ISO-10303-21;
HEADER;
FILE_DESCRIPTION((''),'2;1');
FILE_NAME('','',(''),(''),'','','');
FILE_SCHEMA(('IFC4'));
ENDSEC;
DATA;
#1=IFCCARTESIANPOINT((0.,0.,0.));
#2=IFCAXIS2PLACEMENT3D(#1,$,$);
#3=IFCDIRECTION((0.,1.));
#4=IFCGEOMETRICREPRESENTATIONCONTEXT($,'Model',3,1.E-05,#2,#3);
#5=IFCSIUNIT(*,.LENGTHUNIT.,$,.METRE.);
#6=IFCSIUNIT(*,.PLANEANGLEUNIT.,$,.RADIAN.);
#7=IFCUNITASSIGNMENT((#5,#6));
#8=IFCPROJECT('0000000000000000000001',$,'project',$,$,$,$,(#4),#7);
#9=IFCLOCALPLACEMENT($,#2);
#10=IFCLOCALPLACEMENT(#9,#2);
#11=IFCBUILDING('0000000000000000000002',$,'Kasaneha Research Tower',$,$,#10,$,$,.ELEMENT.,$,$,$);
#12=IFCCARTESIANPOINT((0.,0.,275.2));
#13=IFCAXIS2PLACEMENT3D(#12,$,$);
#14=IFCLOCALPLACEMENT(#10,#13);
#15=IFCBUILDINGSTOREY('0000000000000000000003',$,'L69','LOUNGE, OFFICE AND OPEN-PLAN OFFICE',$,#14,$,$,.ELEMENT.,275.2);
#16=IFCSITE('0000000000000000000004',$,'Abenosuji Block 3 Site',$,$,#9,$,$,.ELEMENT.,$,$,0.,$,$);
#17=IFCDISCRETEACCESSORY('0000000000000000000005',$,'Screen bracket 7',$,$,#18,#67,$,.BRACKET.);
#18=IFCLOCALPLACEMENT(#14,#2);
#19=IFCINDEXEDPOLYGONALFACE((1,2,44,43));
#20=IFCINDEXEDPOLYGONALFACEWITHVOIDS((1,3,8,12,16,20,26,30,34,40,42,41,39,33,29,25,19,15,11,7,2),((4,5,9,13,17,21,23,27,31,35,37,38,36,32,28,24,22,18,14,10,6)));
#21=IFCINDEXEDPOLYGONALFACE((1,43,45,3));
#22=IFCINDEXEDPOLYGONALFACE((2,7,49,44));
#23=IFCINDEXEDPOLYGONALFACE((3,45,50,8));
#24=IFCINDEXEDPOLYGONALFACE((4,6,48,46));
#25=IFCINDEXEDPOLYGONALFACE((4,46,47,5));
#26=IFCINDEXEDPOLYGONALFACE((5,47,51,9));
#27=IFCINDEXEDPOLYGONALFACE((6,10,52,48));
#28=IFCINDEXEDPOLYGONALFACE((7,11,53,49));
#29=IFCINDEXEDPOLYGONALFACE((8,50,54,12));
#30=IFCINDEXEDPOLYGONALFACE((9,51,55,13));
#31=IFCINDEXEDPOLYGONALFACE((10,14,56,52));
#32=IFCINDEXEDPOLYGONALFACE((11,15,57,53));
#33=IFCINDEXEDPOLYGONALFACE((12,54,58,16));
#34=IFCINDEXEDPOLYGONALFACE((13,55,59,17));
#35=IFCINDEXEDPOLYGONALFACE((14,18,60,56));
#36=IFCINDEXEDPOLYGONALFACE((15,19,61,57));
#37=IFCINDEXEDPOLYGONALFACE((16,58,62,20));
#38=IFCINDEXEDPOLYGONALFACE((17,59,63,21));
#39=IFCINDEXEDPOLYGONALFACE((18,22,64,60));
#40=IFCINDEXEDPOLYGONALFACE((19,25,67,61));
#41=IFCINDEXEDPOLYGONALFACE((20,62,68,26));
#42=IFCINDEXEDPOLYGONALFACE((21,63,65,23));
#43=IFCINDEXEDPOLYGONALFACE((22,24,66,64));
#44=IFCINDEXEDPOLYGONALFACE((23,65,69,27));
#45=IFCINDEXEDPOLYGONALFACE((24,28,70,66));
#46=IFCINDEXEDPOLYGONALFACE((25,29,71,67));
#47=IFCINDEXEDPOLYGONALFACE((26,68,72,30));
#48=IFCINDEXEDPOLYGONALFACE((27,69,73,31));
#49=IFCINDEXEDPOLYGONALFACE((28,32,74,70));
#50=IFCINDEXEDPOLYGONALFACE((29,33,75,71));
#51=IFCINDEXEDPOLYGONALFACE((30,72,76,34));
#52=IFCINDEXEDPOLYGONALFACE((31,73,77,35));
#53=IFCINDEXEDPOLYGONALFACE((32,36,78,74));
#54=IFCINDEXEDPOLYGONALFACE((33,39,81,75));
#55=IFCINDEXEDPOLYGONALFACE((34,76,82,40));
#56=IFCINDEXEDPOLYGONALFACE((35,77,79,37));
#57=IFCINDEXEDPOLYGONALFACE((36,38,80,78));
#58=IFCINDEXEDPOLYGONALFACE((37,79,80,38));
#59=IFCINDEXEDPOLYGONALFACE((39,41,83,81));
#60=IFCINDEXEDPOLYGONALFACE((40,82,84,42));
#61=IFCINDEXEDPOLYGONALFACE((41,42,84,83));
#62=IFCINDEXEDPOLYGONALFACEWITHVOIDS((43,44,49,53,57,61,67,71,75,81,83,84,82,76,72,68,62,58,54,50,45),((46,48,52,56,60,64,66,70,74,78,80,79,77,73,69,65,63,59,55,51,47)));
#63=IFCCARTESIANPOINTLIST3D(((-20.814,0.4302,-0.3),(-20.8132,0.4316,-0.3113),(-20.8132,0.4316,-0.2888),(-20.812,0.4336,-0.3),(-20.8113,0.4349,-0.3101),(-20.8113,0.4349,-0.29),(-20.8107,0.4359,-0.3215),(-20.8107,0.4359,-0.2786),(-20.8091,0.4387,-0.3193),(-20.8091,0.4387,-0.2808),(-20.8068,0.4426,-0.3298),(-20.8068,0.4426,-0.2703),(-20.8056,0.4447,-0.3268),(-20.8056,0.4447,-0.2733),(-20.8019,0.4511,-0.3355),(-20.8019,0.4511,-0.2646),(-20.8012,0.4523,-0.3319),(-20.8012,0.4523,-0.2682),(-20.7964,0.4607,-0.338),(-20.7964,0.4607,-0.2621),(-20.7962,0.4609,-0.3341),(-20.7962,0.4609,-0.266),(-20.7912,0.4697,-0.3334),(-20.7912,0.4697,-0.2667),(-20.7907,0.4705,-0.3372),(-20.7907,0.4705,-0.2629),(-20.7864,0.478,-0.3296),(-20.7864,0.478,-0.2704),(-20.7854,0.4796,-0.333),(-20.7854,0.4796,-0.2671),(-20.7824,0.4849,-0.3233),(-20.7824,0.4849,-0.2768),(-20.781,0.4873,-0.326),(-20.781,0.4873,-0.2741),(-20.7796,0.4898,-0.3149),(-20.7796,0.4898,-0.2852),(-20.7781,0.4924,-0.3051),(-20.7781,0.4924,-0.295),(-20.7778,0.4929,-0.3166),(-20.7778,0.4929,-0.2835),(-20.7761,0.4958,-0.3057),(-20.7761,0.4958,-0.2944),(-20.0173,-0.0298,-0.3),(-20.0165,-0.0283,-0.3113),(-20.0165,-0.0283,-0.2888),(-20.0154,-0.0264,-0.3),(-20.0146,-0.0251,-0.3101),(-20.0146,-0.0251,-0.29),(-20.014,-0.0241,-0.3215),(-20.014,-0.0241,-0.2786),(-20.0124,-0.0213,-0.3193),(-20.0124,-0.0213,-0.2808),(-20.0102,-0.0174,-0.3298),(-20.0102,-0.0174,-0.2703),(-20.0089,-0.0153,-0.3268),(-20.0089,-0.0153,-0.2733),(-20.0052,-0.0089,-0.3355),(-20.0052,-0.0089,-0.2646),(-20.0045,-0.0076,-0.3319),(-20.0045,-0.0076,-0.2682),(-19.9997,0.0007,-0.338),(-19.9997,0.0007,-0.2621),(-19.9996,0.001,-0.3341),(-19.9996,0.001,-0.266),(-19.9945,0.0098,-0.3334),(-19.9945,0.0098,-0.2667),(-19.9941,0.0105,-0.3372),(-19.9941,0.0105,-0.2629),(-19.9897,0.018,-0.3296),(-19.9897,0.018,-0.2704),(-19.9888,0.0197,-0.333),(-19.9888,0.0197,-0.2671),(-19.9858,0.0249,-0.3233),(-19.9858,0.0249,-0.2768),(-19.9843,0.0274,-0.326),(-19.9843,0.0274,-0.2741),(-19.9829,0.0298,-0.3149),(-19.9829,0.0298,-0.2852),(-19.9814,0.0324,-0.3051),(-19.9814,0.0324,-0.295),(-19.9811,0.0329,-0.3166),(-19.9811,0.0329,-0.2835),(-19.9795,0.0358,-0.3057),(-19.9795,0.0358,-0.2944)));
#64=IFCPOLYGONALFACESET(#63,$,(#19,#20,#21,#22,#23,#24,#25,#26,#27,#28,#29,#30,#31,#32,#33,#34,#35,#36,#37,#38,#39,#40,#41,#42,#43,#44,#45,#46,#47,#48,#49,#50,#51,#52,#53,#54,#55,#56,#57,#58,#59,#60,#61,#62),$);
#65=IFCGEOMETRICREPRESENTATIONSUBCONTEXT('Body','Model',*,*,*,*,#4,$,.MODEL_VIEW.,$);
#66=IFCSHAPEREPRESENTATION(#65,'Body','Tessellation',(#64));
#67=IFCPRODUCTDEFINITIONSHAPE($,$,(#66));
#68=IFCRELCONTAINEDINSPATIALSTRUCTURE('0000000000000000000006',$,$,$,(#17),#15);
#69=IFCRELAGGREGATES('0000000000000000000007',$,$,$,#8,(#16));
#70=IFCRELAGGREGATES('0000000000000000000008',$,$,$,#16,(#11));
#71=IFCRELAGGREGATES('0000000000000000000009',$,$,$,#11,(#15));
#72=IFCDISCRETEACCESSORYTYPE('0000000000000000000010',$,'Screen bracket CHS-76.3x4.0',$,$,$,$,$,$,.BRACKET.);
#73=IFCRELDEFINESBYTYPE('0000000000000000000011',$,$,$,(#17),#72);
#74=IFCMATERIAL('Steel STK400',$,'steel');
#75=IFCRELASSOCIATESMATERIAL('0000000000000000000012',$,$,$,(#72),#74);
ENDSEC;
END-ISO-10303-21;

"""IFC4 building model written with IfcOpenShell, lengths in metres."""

from ifc_helpers import new_model, si_unit, direction, frame, origin, origin_2d, place, context, subcontext, project, spatial, hollow_circle, extrude, material, material_profile, profile_set, type_object, element, save


model = new_model("IFC4")

# Units and contexts
model_context = context("Model", 3, precision=1e-05, world=origin(), true_north=direction((0.0, 1.0)))
body_context = subcontext(model_context, "Body", "Model", "MODEL_VIEW")
ifc_project = project(units=[si_unit("LENGTHUNIT", "METRE"), si_unit("PLANEANGLEUNIT", "RADIAN")], contexts=[model_context])

# Site, building, storey
site_placement = place(None, origin())
site = spatial("IfcSite", under=ifc_project, at=site_placement, Name="Abenosuji Block 3 Site", CompositionType="ELEMENT", RefElevation=0.0)
building_placement = place(site_placement, origin())
building = spatial("IfcBuilding", under=site, at=building_placement, Name="Kasaneha Research Tower", CompositionType="ELEMENT")
storey_placement = place(building_placement, frame((0.0, 0.0, 275.2)))
storey = spatial("IfcBuildingStorey", under=building, at=storey_placement, Name="L69", Description="LOUNGE, OFFICE AND OPEN-PLAN OFFICE", CompositionType="ELEMENT", Elevation=275.2)

# Discrete accessory
ifc_material_1 = material(Name="Steel STK400", Category="steel")
ifc_material_profile_1 = material_profile(ifc_material_1, hollow_circle(Radius=0.0381, WallThickness=0.0039, at=origin_2d()), Name="CHS-76.3x4.0")
ifc_profile_set_1 = profile_set([ifc_material_profile_1], Name="Steel STK400")
discrete_accessory_type = type_object("IfcDiscreteAccessoryType", Name="Screen bracket CHS-76.3x4.0", PredefinedType="BRACKET", material=ifc_profile_set_1)
discrete_accessory_1_placement = place(storey_placement, frame((-19.9983, 0.0032, -0.3), z_axis=(-0.866013, 0.500021, 0.0), x_axis=(-0.500021, -0.866013, 0.0)))
element("IfcDiscreteAccessory", 1, at=discrete_accessory_1_placement, inside=storey, type_object=discrete_accessory_type, Name="Screen bracket 7", PredefinedType="BRACKET", context=body_context, shape_type="SweptSolid", body=[
    extrude(hollow_circle(Radius=0.0381, WallThickness=0.0039, at=origin_2d()), origin(), (0.0, 0.0, 1.0), 0.9199),
])

save(model, "model.ifc")
